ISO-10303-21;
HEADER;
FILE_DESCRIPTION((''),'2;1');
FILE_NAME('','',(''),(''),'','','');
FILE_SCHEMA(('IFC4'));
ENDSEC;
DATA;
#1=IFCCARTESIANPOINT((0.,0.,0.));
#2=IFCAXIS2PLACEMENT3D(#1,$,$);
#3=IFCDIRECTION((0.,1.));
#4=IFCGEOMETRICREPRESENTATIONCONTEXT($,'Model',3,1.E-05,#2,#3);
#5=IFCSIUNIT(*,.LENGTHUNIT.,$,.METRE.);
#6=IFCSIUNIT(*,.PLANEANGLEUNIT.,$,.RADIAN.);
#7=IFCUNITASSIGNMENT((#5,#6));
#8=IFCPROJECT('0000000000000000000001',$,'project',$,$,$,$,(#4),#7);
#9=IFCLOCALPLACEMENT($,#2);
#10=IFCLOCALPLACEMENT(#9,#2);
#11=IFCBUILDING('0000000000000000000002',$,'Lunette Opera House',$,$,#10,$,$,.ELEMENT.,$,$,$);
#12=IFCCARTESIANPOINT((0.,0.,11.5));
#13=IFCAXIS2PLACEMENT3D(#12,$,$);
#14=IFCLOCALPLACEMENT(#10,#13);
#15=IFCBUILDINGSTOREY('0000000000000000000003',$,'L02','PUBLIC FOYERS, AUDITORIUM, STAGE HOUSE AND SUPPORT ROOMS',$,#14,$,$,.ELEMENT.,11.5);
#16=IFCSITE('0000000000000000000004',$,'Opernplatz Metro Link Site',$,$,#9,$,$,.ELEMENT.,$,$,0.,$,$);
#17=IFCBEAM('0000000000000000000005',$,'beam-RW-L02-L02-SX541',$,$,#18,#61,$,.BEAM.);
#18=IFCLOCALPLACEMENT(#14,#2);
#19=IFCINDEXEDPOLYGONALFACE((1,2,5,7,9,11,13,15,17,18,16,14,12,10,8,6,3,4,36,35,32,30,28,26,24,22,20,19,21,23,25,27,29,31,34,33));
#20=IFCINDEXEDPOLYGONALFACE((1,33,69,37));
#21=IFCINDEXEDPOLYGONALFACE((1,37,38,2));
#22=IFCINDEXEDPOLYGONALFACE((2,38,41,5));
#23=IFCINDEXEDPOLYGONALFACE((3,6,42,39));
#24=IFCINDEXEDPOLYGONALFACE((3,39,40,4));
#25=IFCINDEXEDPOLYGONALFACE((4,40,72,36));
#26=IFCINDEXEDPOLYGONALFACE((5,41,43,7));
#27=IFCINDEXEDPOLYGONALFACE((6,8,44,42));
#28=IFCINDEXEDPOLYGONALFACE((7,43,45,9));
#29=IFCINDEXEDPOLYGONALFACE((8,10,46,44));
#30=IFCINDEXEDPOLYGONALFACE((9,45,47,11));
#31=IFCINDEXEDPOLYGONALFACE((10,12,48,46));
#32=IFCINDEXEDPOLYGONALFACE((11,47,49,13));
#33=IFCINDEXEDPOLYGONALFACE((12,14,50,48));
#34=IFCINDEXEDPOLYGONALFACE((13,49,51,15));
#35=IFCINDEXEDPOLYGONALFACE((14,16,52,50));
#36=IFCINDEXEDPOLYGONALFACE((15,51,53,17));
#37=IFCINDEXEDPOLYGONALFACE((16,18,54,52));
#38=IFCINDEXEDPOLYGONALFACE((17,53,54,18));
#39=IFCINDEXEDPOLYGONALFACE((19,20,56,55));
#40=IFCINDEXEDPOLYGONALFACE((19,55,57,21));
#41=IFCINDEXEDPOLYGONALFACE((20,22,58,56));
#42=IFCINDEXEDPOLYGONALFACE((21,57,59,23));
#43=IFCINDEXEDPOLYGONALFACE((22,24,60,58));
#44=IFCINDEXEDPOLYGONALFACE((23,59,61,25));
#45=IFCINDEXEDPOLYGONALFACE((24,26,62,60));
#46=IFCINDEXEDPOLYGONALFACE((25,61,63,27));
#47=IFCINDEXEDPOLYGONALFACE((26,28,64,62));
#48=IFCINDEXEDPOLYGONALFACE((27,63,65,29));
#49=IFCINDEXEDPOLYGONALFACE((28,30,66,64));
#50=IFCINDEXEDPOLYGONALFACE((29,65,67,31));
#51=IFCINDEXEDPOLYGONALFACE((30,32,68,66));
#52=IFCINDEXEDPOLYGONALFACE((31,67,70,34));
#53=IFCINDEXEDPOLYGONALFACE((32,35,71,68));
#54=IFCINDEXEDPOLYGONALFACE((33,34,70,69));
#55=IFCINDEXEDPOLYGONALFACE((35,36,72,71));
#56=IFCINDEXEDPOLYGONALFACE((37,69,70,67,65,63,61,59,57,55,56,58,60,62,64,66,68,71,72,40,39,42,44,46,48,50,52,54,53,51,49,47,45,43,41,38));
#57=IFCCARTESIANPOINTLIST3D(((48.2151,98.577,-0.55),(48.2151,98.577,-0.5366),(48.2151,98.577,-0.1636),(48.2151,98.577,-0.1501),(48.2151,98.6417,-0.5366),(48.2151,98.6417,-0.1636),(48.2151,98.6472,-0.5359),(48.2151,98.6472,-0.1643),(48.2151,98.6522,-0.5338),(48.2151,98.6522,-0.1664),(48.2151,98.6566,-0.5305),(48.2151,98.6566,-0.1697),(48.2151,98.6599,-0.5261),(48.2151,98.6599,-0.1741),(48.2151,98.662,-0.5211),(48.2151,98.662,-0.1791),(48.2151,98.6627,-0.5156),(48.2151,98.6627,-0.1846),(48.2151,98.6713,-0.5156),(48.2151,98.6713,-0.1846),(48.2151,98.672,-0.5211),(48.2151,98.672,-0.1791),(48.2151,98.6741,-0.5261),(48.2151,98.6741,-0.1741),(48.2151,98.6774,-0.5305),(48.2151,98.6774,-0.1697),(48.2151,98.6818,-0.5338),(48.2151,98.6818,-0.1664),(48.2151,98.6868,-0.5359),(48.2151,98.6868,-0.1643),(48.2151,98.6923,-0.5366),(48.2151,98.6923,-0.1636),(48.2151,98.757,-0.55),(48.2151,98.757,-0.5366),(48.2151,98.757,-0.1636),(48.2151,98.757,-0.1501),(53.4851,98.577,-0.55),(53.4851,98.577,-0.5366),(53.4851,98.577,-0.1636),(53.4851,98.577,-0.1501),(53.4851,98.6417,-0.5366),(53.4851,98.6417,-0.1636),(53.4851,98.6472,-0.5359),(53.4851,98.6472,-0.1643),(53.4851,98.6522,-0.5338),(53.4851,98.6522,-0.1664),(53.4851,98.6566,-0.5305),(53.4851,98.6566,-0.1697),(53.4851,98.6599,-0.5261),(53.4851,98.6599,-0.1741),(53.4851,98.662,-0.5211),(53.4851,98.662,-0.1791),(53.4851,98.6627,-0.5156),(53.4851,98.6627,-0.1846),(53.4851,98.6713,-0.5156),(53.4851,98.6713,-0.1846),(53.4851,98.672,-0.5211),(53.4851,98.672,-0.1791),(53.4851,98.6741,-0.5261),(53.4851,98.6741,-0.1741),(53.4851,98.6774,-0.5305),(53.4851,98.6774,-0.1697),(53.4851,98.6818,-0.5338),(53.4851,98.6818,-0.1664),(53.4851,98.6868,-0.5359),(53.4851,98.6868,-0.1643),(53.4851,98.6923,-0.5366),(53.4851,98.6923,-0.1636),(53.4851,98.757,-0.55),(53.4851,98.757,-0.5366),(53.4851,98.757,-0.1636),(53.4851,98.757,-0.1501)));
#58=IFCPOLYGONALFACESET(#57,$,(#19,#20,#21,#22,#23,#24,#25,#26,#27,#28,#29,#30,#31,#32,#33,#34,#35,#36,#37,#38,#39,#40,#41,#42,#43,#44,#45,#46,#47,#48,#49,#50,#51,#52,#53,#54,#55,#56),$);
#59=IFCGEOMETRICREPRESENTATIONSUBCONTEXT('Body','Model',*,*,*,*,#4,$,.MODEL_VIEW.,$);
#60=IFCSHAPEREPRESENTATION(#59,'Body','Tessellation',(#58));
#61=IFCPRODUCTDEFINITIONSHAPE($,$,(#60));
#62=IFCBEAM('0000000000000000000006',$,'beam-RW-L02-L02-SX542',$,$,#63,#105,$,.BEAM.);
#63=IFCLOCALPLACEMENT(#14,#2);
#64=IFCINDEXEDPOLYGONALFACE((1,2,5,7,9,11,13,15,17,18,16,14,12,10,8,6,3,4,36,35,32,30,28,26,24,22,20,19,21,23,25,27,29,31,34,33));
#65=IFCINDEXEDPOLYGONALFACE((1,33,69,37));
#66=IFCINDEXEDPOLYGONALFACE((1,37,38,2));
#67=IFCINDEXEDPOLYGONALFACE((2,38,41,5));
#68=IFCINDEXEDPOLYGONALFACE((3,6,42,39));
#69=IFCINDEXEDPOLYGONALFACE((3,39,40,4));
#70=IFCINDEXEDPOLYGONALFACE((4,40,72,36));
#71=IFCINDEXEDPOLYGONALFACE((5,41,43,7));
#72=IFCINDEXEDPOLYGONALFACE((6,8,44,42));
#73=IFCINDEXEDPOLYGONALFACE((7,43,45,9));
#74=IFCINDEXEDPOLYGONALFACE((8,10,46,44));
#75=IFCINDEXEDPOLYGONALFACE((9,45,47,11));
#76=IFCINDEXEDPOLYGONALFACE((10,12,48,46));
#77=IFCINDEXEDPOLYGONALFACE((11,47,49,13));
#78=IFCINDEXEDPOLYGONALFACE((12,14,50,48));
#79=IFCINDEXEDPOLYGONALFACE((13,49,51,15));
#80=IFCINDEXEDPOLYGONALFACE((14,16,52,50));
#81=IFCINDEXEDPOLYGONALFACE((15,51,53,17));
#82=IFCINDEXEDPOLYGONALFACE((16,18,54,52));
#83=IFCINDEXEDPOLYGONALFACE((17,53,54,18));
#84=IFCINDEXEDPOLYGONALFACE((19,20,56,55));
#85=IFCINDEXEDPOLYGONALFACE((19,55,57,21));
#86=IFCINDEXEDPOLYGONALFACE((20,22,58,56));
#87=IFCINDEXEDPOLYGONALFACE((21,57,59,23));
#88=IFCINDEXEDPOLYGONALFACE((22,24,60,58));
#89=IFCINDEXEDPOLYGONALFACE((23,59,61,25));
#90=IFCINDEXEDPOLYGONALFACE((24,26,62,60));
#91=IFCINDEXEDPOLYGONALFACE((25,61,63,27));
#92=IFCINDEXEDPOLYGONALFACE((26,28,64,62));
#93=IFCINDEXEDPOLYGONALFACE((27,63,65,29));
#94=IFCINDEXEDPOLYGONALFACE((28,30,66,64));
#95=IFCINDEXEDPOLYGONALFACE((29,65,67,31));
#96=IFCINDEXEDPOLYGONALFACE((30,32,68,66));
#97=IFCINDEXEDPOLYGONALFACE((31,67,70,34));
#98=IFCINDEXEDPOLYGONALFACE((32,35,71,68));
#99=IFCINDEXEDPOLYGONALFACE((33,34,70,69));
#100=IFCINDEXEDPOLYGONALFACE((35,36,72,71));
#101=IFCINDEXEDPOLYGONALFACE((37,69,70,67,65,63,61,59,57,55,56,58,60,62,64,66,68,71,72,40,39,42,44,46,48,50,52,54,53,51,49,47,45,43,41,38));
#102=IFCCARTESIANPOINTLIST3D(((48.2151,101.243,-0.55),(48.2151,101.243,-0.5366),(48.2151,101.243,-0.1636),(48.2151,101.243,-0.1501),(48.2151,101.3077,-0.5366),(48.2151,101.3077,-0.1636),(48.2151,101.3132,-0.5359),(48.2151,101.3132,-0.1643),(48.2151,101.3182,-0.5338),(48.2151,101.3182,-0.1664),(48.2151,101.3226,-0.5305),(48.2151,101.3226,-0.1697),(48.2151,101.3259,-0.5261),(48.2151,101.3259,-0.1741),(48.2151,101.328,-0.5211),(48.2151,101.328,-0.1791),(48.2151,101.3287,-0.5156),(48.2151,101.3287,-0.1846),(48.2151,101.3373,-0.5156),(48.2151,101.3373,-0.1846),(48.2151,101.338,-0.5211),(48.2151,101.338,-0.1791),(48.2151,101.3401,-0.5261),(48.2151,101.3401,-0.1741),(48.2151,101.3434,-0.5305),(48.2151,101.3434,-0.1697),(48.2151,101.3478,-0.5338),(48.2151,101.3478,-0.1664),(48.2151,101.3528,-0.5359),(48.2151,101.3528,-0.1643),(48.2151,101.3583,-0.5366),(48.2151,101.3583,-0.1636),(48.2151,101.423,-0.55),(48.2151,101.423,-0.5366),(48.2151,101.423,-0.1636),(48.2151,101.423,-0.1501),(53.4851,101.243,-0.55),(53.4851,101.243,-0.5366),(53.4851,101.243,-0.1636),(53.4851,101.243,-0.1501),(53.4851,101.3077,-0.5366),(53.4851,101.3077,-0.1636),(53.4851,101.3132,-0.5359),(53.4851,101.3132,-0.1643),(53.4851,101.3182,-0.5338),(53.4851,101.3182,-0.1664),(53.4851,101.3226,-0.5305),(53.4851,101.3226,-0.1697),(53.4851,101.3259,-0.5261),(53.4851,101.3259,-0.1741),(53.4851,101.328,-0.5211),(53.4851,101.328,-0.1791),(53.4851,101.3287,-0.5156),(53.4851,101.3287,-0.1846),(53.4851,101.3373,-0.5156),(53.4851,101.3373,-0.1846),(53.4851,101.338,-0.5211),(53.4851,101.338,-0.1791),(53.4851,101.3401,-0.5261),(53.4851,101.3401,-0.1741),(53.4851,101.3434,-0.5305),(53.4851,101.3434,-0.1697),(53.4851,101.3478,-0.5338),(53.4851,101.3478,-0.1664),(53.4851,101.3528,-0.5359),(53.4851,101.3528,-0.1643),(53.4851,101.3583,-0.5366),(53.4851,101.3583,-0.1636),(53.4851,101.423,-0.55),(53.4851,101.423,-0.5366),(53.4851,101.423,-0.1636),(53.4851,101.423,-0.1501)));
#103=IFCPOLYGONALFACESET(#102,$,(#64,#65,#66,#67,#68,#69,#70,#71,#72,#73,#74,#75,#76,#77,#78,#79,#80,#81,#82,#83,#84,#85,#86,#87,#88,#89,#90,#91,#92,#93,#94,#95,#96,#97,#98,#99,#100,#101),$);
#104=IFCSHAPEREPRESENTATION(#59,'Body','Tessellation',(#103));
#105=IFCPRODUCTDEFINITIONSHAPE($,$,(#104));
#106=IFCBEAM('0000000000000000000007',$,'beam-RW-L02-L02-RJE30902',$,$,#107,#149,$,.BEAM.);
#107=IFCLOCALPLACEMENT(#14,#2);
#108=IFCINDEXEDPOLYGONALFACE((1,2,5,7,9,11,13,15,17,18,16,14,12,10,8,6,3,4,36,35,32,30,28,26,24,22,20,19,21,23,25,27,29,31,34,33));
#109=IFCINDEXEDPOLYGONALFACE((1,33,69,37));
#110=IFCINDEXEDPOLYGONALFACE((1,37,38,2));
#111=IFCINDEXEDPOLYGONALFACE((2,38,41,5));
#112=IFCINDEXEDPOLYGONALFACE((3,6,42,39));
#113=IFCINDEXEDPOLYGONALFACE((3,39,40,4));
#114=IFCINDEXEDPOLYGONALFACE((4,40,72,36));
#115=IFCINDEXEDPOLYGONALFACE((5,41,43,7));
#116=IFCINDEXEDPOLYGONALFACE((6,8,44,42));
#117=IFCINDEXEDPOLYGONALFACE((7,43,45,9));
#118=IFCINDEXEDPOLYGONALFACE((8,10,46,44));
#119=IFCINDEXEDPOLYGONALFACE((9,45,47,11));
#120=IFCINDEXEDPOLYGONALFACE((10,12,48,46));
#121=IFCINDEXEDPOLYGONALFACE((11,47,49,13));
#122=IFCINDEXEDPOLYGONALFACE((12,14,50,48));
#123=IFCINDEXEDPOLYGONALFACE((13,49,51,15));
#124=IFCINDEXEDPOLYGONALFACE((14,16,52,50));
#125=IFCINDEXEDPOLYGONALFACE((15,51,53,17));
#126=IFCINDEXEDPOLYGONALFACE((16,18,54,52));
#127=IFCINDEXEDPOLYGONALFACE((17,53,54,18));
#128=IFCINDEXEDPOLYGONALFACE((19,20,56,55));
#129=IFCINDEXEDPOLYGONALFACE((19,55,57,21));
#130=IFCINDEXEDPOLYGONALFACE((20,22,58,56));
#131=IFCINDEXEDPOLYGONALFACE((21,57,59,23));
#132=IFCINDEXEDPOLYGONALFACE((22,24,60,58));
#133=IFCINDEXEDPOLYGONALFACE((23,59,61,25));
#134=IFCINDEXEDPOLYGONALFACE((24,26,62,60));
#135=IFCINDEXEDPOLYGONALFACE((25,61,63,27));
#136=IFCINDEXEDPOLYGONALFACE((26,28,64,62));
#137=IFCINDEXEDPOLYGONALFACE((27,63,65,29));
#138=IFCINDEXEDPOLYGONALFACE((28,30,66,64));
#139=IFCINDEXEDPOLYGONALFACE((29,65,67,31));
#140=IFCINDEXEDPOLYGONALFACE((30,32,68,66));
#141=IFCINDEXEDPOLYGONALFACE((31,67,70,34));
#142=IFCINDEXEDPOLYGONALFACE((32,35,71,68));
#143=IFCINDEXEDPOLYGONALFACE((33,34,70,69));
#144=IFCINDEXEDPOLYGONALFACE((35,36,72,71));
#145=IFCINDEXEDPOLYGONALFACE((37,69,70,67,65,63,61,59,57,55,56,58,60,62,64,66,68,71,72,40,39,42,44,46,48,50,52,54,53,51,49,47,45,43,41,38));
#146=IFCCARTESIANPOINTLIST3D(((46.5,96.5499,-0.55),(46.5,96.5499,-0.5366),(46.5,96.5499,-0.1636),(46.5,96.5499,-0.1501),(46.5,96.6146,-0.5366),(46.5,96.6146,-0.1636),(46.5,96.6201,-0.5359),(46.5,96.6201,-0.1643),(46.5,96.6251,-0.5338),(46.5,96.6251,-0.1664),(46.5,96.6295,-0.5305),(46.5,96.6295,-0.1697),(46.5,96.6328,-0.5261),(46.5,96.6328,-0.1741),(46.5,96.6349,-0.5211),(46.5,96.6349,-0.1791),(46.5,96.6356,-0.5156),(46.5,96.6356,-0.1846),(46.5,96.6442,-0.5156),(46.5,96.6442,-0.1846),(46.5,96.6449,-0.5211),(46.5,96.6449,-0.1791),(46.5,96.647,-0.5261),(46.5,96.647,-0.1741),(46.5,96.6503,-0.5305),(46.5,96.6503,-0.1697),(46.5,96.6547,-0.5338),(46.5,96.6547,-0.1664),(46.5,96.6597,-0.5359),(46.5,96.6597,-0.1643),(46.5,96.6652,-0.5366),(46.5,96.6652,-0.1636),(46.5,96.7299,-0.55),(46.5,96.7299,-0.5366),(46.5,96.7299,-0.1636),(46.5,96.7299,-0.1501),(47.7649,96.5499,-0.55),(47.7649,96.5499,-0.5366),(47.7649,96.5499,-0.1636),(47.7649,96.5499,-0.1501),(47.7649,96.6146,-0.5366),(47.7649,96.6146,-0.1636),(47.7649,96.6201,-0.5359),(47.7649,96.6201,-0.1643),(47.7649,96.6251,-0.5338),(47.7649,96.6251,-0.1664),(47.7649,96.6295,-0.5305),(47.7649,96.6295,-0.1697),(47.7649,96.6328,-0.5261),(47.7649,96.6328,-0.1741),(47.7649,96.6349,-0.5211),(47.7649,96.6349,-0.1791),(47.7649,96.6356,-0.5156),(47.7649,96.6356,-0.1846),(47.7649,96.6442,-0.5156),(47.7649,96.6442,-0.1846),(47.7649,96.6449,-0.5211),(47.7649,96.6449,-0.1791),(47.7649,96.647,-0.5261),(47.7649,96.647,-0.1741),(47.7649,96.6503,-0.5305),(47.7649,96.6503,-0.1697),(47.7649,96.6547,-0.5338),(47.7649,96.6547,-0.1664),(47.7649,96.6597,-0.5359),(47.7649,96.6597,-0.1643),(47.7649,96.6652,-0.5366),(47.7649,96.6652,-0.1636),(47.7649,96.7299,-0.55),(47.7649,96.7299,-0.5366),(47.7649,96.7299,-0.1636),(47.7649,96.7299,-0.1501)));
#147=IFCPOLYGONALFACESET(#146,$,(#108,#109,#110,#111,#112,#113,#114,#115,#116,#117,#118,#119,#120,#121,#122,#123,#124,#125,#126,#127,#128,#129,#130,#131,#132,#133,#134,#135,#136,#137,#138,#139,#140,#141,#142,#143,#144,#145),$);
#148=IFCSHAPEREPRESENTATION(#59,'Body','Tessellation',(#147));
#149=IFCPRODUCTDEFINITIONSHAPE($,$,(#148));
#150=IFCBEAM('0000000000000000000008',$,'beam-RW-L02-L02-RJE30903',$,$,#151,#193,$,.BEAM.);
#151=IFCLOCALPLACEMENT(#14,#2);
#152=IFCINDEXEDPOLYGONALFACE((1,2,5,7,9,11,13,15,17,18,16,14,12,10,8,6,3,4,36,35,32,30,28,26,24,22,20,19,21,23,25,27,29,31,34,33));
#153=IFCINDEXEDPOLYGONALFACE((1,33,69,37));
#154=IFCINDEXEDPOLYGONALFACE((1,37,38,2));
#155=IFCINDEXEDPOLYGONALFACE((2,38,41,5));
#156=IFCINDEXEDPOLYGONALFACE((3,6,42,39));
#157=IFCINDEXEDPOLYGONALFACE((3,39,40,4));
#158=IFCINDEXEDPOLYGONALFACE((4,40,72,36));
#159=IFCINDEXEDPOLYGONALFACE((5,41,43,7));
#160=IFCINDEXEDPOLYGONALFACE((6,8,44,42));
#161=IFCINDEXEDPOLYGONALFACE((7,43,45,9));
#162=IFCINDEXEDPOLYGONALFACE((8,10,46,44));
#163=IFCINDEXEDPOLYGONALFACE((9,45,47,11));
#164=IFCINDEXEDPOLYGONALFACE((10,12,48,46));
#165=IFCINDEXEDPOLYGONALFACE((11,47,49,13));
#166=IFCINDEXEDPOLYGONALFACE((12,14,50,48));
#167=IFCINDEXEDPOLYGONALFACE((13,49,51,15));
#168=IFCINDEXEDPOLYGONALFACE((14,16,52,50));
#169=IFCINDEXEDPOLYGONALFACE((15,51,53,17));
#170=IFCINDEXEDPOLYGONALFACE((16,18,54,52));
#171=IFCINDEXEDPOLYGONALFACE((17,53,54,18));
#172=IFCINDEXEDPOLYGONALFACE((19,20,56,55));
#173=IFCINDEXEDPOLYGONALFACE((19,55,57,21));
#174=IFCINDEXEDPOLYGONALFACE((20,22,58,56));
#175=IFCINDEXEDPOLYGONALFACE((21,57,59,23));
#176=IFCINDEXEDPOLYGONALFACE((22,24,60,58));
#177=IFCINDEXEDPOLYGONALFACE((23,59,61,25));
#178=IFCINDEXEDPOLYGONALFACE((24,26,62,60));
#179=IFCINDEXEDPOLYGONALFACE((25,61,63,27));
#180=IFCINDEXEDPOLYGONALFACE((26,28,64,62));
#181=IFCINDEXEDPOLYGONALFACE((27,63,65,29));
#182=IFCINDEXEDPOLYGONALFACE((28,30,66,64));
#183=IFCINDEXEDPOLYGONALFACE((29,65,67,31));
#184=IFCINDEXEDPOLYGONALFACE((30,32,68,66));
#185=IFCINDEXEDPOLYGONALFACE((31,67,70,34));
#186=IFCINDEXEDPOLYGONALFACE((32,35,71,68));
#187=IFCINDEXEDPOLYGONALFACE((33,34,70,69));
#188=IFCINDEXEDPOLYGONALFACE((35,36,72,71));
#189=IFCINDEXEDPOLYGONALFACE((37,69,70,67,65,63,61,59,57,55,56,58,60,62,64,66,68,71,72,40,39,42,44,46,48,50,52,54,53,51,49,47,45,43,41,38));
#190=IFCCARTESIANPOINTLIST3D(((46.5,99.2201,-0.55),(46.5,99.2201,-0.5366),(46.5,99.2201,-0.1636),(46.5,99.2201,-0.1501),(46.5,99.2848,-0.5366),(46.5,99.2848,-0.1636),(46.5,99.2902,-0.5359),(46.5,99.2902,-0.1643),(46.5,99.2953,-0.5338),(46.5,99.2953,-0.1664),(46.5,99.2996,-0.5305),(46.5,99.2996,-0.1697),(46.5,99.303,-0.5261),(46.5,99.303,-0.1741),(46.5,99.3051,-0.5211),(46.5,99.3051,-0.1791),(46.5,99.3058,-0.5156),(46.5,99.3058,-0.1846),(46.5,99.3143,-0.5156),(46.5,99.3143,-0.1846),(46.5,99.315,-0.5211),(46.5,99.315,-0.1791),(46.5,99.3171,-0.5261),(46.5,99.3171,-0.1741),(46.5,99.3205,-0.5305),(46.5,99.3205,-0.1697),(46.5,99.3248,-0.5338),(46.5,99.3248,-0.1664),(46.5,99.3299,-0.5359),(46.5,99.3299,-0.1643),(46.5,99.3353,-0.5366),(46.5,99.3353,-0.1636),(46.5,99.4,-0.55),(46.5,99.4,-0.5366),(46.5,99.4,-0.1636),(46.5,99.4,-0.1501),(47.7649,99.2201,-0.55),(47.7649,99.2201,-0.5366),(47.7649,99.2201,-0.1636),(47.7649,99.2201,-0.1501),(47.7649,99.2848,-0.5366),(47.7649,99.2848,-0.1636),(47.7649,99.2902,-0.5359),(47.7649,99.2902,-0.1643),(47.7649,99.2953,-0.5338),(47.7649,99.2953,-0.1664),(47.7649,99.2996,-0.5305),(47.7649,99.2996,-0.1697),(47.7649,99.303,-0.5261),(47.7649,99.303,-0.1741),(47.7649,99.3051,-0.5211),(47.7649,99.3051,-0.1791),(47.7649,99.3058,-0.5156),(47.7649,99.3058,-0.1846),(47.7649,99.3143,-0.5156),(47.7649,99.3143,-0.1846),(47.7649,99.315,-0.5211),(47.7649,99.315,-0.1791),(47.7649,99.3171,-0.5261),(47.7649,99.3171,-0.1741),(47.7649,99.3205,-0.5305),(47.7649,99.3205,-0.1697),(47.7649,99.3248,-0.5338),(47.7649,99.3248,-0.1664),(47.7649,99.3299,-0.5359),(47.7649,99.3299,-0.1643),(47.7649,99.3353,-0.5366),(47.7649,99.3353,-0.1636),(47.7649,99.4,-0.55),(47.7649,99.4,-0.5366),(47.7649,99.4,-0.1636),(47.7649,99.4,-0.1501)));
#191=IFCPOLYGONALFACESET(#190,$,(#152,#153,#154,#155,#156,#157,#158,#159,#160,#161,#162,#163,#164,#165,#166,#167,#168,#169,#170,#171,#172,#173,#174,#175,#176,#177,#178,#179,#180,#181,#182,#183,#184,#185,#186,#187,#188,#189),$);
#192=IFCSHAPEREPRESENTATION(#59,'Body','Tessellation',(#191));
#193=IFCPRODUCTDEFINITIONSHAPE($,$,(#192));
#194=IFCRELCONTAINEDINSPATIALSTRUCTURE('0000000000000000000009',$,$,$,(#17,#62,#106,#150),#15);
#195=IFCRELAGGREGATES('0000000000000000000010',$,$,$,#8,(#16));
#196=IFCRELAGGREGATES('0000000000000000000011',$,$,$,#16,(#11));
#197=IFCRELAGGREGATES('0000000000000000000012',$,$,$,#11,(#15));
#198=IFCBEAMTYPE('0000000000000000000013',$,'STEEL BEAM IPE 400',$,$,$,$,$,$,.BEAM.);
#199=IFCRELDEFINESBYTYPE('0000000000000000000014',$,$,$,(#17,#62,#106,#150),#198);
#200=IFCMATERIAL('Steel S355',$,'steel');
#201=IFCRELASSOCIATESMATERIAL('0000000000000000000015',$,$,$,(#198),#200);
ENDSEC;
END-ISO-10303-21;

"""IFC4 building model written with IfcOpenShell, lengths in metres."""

from ifc_helpers import new_model, si_unit, direction, frame, origin, origin_2d, place, context, subcontext, project, spatial, i_section, extrude, material, material_profile, profile_set, type_object, element, save


model = new_model("IFC4")

# Units and contexts
model_context = context("Model", 3, precision=1e-05, world=origin(), true_north=direction((0.0, 1.0)))
body_context = subcontext(model_context, "Body", "Model", "MODEL_VIEW")
ifc_project = project(units=[si_unit("LENGTHUNIT", "METRE"), si_unit("PLANEANGLEUNIT", "RADIAN")], contexts=[model_context])

# Site, building, storey
site_placement = place(None, origin())
site = spatial("IfcSite", under=ifc_project, at=site_placement, Name="Opernplatz Metro Link Site", CompositionType="ELEMENT", RefElevation=0.0)
building_placement = place(site_placement, origin())
building = spatial("IfcBuilding", under=site, at=building_placement, Name="Lunette Opera House", CompositionType="ELEMENT")
storey_placement = place(building_placement, frame((0.0, 0.0, 11.5)))
storey = spatial("IfcBuildingStorey", under=building, at=storey_placement, Name="L02", Description="PUBLIC FOYERS, AUDITORIUM, STAGE HOUSE AND SUPPORT ROOMS", CompositionType="ELEMENT", Elevation=11.5)

# Beams
ifc_material_1 = material(Name="Steel S355", Category="steel")
ifc_material_profile_1 = material_profile(ifc_material_1, i_section(OverallWidth=0.1799, OverallDepth=0.3999, WebThickness=0.0085, FlangeThickness=0.0134, FilletRadius=0.021, at=origin_2d()), Name="IPE 400")
ifc_profile_set_1 = profile_set([ifc_material_profile_1], Name="Steel S355")
beam_type_1 = type_object("IfcBeamType", Name="STEEL BEAM IPE 400", PredefinedType="BEAM", material=ifc_profile_set_1)
for number, where, z_axis, x_axis, name in (
    (1, (48.2151, 98.667, -0.3501), (1.0, 0.0, 0.0), (0.0, 1.0, 0.0), "beam-RW-L02-L02-SX541"),
    (2, (48.2151, 101.333, -0.3501), (1.0, 0.0, 0.0), (0.0, 1.0, 0.0), "beam-RW-L02-L02-SX542"),
):
    element("IfcBeam", number, at=place(storey_placement, frame(where, z_axis=z_axis, x_axis=x_axis)), inside=storey, type_object=beam_type_1, Name=name, PredefinedType="BEAM", context=body_context, shape_type="SweptSolid", body=[
        extrude(i_section(OverallWidth=0.1799, OverallDepth=0.3999, WebThickness=0.0085, FlangeThickness=0.0134, FilletRadius=0.021, at=origin_2d()), origin(), (0.0, 0.0, 1.0), 5.27),
    ])
for number, where, z_axis, x_axis, name in (
    (3, (46.5, 96.6399, -0.3501), (1.0, 0.0, 0.0), (0.0, 1.0, 0.0), "beam-RW-L02-L02-RJE30902"),
    (4, (46.5, 99.3101, -0.3501), (1.0, 0.0, 0.0), (0.0, 1.0, 0.0), "beam-RW-L02-L02-RJE30903"),
):
    element("IfcBeam", number, at=place(storey_placement, frame(where, z_axis=z_axis, x_axis=x_axis)), inside=storey, type_object=beam_type_1, Name=name, PredefinedType="BEAM", context=body_context, shape_type="SweptSolid", body=[
        extrude(i_section(OverallWidth=0.1799, OverallDepth=0.3999, WebThickness=0.0085, FlangeThickness=0.0134, FilletRadius=0.021, at=origin_2d()), origin(), (0.0, 0.0, 1.0), 1.2649),
    ])

save(model, "model.ifc")
